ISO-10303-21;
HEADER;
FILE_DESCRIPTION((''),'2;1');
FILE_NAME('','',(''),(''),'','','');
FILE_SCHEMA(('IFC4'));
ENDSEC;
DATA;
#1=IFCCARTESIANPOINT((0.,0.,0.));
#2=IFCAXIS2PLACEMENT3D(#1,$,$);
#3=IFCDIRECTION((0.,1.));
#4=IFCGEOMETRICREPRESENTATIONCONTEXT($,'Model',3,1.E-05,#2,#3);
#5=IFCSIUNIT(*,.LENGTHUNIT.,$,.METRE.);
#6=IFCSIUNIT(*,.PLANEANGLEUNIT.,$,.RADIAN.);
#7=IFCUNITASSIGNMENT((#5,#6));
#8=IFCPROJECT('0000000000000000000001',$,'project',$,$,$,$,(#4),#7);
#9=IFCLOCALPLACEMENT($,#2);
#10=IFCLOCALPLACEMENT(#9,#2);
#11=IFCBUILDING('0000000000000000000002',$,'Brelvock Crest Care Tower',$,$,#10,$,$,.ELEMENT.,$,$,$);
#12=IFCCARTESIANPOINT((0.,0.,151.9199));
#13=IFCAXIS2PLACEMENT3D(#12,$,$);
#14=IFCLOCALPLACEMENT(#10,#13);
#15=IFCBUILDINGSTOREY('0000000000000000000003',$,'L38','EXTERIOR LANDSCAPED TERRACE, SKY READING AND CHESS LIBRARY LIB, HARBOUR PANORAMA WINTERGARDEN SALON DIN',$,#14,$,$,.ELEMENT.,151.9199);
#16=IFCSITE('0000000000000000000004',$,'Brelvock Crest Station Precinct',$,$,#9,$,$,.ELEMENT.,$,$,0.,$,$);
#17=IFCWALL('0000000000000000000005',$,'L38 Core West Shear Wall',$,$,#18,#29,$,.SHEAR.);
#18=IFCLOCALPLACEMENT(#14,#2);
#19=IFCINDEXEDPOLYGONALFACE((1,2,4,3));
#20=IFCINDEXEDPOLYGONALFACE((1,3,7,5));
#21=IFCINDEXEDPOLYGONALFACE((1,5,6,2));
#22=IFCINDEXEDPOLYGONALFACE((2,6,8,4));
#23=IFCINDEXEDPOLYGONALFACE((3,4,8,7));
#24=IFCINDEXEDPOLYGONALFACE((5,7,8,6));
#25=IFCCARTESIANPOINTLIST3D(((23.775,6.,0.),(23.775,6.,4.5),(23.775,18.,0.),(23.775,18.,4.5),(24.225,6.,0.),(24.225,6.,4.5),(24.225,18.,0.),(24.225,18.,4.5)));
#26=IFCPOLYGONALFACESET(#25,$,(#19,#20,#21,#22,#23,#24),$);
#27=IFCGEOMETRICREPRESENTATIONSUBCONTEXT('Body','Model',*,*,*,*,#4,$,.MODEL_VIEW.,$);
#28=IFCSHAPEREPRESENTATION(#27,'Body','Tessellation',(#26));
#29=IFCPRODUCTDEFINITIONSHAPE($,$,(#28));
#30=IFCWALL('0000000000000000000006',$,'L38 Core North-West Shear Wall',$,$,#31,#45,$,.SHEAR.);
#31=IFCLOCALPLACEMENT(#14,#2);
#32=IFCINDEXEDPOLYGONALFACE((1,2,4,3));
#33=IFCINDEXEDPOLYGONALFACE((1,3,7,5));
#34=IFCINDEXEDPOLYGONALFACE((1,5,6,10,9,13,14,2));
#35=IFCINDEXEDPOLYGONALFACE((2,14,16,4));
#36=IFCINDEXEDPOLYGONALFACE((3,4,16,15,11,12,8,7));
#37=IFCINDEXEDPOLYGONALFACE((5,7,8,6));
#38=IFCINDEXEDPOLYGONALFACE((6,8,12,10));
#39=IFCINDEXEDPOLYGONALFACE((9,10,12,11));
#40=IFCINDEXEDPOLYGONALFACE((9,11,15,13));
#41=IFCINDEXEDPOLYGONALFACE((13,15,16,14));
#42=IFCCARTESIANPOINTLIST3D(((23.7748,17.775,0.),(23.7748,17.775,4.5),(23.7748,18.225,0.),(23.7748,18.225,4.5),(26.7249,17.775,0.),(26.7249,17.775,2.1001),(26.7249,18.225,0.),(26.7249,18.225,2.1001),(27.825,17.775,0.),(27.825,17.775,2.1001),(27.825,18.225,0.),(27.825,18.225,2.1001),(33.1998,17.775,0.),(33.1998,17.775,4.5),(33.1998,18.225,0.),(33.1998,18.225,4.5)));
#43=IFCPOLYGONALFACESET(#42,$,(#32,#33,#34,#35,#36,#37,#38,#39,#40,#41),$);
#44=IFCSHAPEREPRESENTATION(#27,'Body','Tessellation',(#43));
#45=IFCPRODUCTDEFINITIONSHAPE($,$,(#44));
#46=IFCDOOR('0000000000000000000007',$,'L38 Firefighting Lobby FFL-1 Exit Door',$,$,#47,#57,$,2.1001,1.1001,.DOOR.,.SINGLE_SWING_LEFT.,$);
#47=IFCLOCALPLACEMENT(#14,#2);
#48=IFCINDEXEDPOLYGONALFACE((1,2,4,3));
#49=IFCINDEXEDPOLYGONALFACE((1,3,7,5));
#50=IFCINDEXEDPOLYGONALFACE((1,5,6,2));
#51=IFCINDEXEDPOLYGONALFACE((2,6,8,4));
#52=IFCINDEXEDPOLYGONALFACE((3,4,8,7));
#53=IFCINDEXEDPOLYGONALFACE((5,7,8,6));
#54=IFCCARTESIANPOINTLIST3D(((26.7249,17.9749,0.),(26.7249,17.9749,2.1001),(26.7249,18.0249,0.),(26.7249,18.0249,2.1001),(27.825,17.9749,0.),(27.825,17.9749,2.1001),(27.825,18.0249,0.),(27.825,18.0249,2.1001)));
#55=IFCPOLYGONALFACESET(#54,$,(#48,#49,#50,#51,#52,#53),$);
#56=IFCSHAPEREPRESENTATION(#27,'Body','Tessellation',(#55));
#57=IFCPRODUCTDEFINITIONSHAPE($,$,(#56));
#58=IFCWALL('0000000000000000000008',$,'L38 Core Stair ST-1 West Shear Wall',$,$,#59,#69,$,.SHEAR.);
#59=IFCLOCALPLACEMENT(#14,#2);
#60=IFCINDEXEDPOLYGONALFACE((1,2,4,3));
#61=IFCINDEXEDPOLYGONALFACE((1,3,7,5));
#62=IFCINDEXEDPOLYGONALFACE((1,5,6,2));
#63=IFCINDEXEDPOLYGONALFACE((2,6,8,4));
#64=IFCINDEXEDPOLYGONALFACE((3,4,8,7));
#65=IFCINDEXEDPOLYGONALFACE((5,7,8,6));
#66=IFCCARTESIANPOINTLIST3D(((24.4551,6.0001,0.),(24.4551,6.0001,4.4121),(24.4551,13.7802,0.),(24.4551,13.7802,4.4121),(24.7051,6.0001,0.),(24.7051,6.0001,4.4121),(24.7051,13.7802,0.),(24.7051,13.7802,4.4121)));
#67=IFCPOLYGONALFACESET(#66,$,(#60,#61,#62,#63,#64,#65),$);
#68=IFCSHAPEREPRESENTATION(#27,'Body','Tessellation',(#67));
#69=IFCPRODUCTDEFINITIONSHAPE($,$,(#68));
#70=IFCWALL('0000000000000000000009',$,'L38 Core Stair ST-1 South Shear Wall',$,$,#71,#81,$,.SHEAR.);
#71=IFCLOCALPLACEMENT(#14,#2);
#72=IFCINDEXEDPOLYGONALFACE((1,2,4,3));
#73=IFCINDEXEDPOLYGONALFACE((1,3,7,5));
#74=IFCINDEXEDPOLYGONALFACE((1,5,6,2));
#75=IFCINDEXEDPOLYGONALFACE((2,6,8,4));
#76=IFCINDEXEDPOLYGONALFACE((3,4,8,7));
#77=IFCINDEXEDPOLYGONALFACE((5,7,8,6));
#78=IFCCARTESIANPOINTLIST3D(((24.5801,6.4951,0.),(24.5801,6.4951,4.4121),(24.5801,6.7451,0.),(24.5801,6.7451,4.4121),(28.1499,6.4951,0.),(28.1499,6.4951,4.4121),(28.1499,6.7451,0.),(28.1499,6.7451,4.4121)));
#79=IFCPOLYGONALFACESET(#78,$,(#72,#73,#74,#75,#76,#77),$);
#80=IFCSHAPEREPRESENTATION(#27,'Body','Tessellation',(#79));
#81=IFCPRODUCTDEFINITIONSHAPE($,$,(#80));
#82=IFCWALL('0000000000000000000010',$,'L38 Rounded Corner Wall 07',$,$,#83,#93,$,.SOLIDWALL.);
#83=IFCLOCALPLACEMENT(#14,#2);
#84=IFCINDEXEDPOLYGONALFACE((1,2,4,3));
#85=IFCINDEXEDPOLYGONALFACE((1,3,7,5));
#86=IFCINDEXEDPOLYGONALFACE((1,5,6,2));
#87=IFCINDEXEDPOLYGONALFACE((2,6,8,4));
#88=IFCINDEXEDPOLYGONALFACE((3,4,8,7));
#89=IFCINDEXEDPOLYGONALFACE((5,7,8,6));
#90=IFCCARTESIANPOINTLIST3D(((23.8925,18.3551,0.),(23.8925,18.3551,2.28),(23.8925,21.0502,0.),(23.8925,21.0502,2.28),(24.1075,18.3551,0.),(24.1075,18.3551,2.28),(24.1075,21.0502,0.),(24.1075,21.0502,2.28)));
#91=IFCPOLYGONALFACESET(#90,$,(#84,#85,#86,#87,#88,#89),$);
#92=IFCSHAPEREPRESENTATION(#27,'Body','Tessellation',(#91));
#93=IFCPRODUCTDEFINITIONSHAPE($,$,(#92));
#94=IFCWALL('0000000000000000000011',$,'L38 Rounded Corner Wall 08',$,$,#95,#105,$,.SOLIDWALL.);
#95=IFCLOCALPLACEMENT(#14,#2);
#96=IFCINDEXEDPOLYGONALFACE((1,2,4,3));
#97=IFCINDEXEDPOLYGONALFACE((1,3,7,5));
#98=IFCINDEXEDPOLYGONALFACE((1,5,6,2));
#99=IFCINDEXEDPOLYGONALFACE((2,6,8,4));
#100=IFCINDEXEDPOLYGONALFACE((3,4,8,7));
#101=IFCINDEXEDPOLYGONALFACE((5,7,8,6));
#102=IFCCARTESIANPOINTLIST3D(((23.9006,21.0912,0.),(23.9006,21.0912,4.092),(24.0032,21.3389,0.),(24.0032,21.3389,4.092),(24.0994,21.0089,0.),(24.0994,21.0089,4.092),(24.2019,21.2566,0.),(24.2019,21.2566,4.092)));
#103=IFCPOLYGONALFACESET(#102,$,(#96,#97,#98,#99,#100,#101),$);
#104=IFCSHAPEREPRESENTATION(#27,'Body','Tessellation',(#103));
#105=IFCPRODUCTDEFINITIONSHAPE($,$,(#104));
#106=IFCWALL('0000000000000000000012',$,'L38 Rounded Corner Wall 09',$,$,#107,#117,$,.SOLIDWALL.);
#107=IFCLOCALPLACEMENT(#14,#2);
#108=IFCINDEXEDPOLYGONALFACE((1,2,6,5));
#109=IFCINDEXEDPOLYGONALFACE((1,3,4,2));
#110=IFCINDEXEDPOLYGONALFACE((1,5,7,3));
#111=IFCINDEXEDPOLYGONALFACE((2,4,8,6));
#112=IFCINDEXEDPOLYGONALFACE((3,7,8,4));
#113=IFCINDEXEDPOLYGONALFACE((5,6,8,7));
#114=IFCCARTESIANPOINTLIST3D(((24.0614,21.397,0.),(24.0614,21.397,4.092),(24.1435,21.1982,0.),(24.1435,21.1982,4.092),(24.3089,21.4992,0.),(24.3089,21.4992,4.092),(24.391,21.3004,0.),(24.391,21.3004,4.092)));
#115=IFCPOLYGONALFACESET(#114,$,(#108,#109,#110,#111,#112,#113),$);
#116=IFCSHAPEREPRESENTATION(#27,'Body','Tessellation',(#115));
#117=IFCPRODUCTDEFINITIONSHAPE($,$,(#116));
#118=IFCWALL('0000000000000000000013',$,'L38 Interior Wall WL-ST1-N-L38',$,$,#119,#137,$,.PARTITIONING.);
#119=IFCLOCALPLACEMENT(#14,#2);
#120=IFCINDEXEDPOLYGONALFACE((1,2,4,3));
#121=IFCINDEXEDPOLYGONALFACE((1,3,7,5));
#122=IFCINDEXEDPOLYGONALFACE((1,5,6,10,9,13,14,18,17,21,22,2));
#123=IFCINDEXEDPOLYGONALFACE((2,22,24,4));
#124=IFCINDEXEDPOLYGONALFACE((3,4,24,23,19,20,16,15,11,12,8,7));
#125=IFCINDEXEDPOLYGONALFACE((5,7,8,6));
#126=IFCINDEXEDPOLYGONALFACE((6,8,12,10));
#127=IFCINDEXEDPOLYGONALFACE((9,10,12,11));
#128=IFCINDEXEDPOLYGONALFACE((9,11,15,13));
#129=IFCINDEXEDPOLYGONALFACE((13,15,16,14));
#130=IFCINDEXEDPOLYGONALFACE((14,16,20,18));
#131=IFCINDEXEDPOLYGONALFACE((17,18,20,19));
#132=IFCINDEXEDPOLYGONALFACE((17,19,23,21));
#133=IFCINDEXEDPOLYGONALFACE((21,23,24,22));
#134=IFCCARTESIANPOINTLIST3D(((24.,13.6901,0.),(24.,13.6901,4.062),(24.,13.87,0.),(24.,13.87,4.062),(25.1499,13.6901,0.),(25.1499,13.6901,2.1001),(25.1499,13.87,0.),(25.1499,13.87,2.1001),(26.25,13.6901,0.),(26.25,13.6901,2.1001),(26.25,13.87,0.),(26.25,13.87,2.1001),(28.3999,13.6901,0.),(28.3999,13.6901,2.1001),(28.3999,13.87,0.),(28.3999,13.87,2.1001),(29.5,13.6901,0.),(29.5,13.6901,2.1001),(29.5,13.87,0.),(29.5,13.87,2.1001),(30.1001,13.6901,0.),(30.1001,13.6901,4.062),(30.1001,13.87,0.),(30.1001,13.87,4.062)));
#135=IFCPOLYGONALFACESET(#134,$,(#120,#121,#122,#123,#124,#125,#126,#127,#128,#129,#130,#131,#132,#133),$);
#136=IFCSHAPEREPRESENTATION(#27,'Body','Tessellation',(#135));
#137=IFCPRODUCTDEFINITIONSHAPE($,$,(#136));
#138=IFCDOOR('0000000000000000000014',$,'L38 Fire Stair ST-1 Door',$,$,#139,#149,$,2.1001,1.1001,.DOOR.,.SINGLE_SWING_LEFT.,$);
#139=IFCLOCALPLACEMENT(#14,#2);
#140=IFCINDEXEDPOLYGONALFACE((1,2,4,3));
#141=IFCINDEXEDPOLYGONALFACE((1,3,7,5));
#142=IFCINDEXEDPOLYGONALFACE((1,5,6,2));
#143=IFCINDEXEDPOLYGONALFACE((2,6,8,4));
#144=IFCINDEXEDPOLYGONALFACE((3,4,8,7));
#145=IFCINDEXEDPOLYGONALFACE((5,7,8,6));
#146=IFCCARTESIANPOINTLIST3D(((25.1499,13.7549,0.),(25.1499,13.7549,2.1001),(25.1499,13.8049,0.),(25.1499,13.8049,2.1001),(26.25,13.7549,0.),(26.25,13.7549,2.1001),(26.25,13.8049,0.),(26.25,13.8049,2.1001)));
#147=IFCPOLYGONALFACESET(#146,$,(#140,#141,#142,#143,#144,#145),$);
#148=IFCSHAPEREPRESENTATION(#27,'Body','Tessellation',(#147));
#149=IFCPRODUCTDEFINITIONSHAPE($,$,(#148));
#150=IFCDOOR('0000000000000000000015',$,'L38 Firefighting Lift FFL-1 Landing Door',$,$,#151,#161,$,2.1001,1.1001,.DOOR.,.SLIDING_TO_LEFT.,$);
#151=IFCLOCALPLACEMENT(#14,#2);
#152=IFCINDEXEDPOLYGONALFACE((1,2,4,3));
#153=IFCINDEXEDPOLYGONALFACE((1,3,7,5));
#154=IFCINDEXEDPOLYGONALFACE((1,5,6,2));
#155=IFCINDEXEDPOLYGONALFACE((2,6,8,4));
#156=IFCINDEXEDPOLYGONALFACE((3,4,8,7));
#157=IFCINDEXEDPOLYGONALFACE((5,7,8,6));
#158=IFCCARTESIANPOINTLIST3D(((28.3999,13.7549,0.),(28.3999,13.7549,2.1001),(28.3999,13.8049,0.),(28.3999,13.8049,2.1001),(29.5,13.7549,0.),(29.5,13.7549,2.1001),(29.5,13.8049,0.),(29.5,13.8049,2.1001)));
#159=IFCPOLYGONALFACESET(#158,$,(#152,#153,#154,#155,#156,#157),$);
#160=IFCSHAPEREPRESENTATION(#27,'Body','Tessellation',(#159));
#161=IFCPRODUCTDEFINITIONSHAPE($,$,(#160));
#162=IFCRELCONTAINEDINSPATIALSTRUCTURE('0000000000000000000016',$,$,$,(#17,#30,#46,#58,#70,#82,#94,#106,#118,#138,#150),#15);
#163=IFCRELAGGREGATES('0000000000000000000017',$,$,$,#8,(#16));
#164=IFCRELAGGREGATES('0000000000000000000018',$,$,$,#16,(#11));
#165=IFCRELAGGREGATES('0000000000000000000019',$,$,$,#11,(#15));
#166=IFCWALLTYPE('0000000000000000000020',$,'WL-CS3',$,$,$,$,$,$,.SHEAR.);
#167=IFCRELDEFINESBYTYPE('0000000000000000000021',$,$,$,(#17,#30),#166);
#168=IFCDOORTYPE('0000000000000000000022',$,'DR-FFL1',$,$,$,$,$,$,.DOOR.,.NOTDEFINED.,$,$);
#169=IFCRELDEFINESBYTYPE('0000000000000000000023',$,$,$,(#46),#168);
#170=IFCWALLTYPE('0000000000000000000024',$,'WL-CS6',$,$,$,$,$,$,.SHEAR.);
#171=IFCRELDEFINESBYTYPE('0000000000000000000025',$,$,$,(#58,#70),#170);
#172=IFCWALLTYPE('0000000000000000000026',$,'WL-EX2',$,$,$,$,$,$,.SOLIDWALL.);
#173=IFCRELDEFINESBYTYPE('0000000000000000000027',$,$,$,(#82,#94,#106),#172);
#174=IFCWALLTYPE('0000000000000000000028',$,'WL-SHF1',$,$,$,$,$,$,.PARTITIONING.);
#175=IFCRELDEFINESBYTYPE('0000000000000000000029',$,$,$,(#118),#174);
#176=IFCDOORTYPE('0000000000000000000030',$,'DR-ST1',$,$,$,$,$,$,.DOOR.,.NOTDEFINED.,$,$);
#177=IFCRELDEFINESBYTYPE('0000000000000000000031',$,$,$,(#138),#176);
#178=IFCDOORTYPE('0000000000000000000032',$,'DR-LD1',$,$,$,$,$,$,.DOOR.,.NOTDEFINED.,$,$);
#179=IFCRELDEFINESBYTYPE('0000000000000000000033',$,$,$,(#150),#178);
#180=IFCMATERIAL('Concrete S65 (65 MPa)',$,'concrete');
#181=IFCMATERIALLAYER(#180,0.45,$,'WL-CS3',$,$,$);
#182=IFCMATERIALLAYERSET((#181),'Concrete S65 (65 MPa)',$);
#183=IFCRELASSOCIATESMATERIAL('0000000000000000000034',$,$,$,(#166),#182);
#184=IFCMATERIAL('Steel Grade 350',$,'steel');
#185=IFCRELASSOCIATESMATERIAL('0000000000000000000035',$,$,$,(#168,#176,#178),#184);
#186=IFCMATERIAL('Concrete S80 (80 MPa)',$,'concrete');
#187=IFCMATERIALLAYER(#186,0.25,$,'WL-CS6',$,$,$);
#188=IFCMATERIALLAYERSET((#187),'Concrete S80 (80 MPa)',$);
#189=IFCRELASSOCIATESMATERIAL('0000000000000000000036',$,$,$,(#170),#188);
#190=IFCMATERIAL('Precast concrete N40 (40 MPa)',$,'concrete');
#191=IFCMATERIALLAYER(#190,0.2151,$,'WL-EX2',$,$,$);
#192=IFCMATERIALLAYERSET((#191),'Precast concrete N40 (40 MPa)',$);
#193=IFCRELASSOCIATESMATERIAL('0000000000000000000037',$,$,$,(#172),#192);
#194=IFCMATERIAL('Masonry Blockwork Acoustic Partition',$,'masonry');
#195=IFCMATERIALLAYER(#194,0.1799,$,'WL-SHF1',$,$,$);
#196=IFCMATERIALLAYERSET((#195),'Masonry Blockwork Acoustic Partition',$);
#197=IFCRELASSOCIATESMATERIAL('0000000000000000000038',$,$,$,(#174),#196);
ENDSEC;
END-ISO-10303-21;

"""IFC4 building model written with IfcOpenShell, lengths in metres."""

from ifc_helpers import new_model, si_unit, direction, frame, frame_2d, origin, origin_2d, place, context, subcontext, project, spatial, rectangle, extrude, source, transform, mapped, material, layer, layer_set, type_object, element, fill, save


model = new_model("IFC4")

# Units and contexts
model_context = context("Model", 3, precision=1e-05, world=origin(), true_north=direction((0.0, 1.0)))
body_context = subcontext(model_context, "Body", "Model", "MODEL_VIEW")
ifc_project = project(units=[si_unit("LENGTHUNIT", "METRE"), si_unit("PLANEANGLEUNIT", "RADIAN")], contexts=[model_context])

# Site, building, storey
site_placement = place(None, origin())
site = spatial("IfcSite", under=ifc_project, at=site_placement, Name="Brelvock Crest Station Precinct", CompositionType="ELEMENT", RefElevation=0.0)
building_placement = place(site_placement, origin())
building = spatial("IfcBuilding", under=site, at=building_placement, Name="Brelvock Crest Care Tower", CompositionType="ELEMENT")
storey_placement = place(building_placement, frame((0.0, 0.0, 151.9199)))
storey = spatial("IfcBuildingStorey", under=building, at=storey_placement, Name="L38", Description="EXTERIOR LANDSCAPED TERRACE, SKY READING AND CHESS LIBRARY LIB, HARBOUR PANORAMA WINTERGARDEN SALON DIN", CompositionType="ELEMENT", Elevation=151.9199)

# Shared definitions
ifc_material_1 = material(Name="Concrete S65 (65 MPa)", Category="concrete")

# Shared definitions
ifc_material_2 = material(Name="Steel Grade 350", Category="steel")

# Wall
ifc_layer_1 = layer(ifc_material_1, 0.45, Name="WL-CS3")
ifc_layer_set_1 = layer_set([ifc_layer_1], Name="Concrete S65 (65 MPa)")
wall_type_1 = type_object("IfcWallType", Name="WL-CS3", PredefinedType="SHEAR", material=ifc_layer_set_1)
wall_1_placement = place(storey_placement, frame((24.0, 6.0, 0.0), z_axis=(0.0, 0.0, 1.0), x_axis=(0.0, 1.0, 0.0)))
element("IfcWall", 1, at=wall_1_placement, inside=storey, type_object=wall_type_1, Name="L38 Core West Shear Wall", PredefinedType="SHEAR", context=body_context, shape_type="SweptSolid", body=[
    extrude(rectangle(XDim=12.0, YDim=0.45, at=frame_2d((6.0, 0.0))), origin(), (0.0, 0.0, 1.0), 4.5),
])

# Wall, opening, door
wall_2_placement = place(storey_placement, frame((23.7749, 18.0, 0.0), z_axis=(0.0, 0.0, 1.0), x_axis=(1.0, 0.0, 0.0)))
wall_2 = element("IfcWall", 2, at=wall_2_placement, inside=storey, type_object=wall_type_1, Name="L38 Core North-West Shear Wall", PredefinedType="SHEAR", context=body_context, shape_type="SweptSolid", body=[
    extrude(rectangle(XDim=9.425, YDim=0.45, at=frame_2d((4.7124, 0.0))), origin(), (0.0, 0.0, 1.0), 4.5),
])
opening_1_placement = place(wall_2_placement, frame((2.95, 0.0, 0.0)))
opening_1 = element("IfcOpeningElement", 3, at=opening_1_placement, cuts=wall_2, PredefinedType="OPENING", context=body_context, shape_type="SweptSolid", body=[
    extrude(rectangle(XDim=1.1001, YDim=2.1001, at=origin_2d()), frame((0.55, 0.2349, 1.05), z_axis=(0.0, -1.0, 0.0), x_axis=(1.0, 0.0, 0.0)), (0.0, 0.0, 1.0), 0.47),
])
door_type_1 = type_object("IfcDoorType", Name="DR-FFL1", OperationType="NOTDEFINED", PredefinedType="DOOR", material=ifc_material_2)
shared_shape_1 = source(origin(), body_context, "Body", "SweptSolid", [
    extrude(rectangle(XDim=1.1001, YDim=2.1001, at=origin_2d()), frame((0.55, 0.0249, 1.05), z_axis=(0.0, -1.0, 0.0), x_axis=(1.0, 0.0, 0.0)), (0.0, 0.0, 1.0), 0.05),
])
door_1_placement = place(opening_1_placement, origin())
door_1 = element("IfcDoor", 4, at=door_1_placement, inside=storey, type_object=door_type_1, Name="L38 Firefighting Lobby FFL-1 Exit Door", OperationType="SINGLE_SWING_LEFT", OverallHeight=2.1001, OverallWidth=1.1001, PredefinedType="DOOR", context=body_context, shape_type="MappedRepresentation", body=[
    mapped(shared_shape_1, transform((0.0, 0.0, 0.0), x_axis=(1.0, 0.0, 0.0), y_axis=(0.0, 1.0, 0.0), z_axis=(0.0, 0.0, 1.0), scale=1.0)),
])
fill(opening_1, door_1)

# Walls
ifc_material_3 = material(Name="Concrete S80 (80 MPa)", Category="concrete")
ifc_layer_2 = layer(ifc_material_3, 0.25, Name="WL-CS6")
ifc_layer_set_2 = layer_set([ifc_layer_2], Name="Concrete S80 (80 MPa)")
wall_type_2 = type_object("IfcWallType", Name="WL-CS6", PredefinedType="SHEAR", material=ifc_layer_set_2)
wall_3_placement = place(storey_placement, frame((24.5801, 6.0, 0.0), z_axis=(0.0, 0.0, 1.0), x_axis=(0.0, 1.0, 0.0)))
element("IfcWall", 5, at=wall_3_placement, inside=storey, type_object=wall_type_2, Name="L38 Core Stair ST-1 West Shear Wall", PredefinedType="SHEAR", context=body_context, shape_type="SweptSolid", body=[
    extrude(rectangle(XDim=7.78, YDim=0.25, at=frame_2d((3.8901, 0.0))), origin(), (0.0, 0.0, 1.0), 4.4121),
])
wall_4_placement = place(storey_placement, frame((24.5801, 6.6201, 0.0), z_axis=(0.0, 0.0, 1.0), x_axis=(1.0, 0.0, 0.0)))
element("IfcWall", 6, at=wall_4_placement, inside=storey, type_object=wall_type_2, Name="L38 Core Stair ST-1 South Shear Wall", PredefinedType="SHEAR", context=body_context, shape_type="SweptSolid", body=[
    extrude(rectangle(XDim=3.5698, YDim=0.25, at=frame_2d((1.7849, 0.0))), origin(), (0.0, 0.0, 1.0), 4.4121),
])
ifc_material_4 = material(Name="Precast concrete N40 (40 MPa)", Category="concrete")
ifc_layer_3 = layer(ifc_material_4, 0.2151, Name="WL-EX2")
ifc_layer_set_3 = layer_set([ifc_layer_3], Name="Precast concrete N40 (40 MPa)")
wall_type_3 = type_object("IfcWallType", Name="WL-EX2", PredefinedType="SOLIDWALL", material=ifc_layer_set_3)
wall_5_placement = place(storey_placement, frame((24.0, 18.355, 0.0), z_axis=(0.0, 0.0, 1.0), x_axis=(0.0, 1.0, 0.0)))
element("IfcWall", 7, at=wall_5_placement, inside=storey, type_object=wall_type_3, Name="L38 Rounded Corner Wall 07", PredefinedType="SOLIDWALL", context=body_context, shape_type="SweptSolid", body=[
    extrude(rectangle(XDim=2.6951, YDim=0.2151, at=frame_2d((1.3477, 0.0))), origin(), (0.0, 0.0, 1.0), 2.28),
])
wall_6_placement = place(storey_placement, frame((24.0, 21.05, 0.0), z_axis=(0.0, 0.0, 1.0), x_axis=(0.382674, 0.923884, 0.0)))
element("IfcWall", 8, at=wall_6_placement, inside=storey, type_object=wall_type_3, Name="L38 Rounded Corner Wall 08", PredefinedType="SOLIDWALL", context=body_context, shape_type="SweptSolid", body=[
    extrude(rectangle(XDim=0.2681, YDim=0.2151, at=frame_2d((0.134, 0.0))), origin(), (0.0, 0.0, 1.0), 4.092),
])
wall_7_placement = place(storey_placement, frame((24.1025, 21.2976, 0.0), z_axis=(0.0, 0.0, 1.0), x_axis=(0.924205, 0.381896, 0.0)))
element("IfcWall", 9, at=wall_7_placement, inside=storey, type_object=wall_type_3, Name="L38 Rounded Corner Wall 09", PredefinedType="SOLIDWALL", context=body_context, shape_type="SweptSolid", body=[
    extrude(rectangle(XDim=0.2678, YDim=0.2151, at=frame_2d((0.1338, 0.0))), origin(), (0.0, 0.0, 1.0), 4.092),
])

# Wall, openings, doors
ifc_material_5 = material(Name="Masonry Blockwork Acoustic Partition", Category="masonry")
ifc_layer_4 = layer(ifc_material_5, 0.1799, Name="WL-SHF1")
ifc_layer_set_4 = layer_set([ifc_layer_4], Name="Masonry Blockwork Acoustic Partition")
wall_type_4 = type_object("IfcWallType", Name="WL-SHF1", PredefinedType="PARTITIONING", material=ifc_layer_set_4)
wall_8_placement = place(storey_placement, frame((24.0, 13.78, 0.0), z_axis=(0.0, 0.0, 1.0), x_axis=(1.0, 0.0, 0.0)))
wall_8 = element("IfcWall", 10, at=wall_8_placement, inside=storey, type_object=wall_type_4, Name="L38 Interior Wall WL-ST1-N-L38", PredefinedType="PARTITIONING", context=body_context, shape_type="SweptSolid", body=[
    extrude(rectangle(XDim=6.1001, YDim=0.1799, at=frame_2d((3.05, 0.0))), origin(), (0.0, 0.0, 1.0), 4.062),
])
opening_2_placement = place(wall_8_placement, frame((1.1499, 0.0, 0.0)))
opening_2 = element("IfcOpeningElement", 11, at=opening_2_placement, cuts=wall_8, PredefinedType="OPENING", context=body_context, shape_type="SweptSolid", body=[
    extrude(rectangle(XDim=1.1001, YDim=2.1001, at=origin_2d()), frame((0.55, 0.1001, 1.05), z_axis=(0.0, -1.0, 0.0), x_axis=(1.0, 0.0, 0.0)), (0.0, 0.0, 1.0), 0.2),
])
opening_3_placement = place(wall_8_placement, frame((4.3999, 0.0, 0.0)))
opening_3 = element("IfcOpeningElement", 12, at=opening_3_placement, cuts=wall_8, PredefinedType="OPENING", context=body_context, shape_type="SweptSolid", body=[
    extrude(rectangle(XDim=1.1001, YDim=2.1001, at=origin_2d()), frame((0.55, 0.1001, 1.05), z_axis=(0.0, -1.0, 0.0), x_axis=(1.0, 0.0, 0.0)), (0.0, 0.0, 1.0), 0.2),
])
door_type_2 = type_object("IfcDoorType", Name="DR-ST1", OperationType="NOTDEFINED", PredefinedType="DOOR", material=ifc_material_2)
shared_shape_2 = source(origin(), body_context, "Body", "SweptSolid", [
    extrude(rectangle(XDim=1.1001, YDim=2.1001, at=origin_2d()), frame((0.55, 0.0249, 1.05), z_axis=(0.0, -1.0, 0.0), x_axis=(1.0, 0.0, 0.0)), (0.0, 0.0, 1.0), 0.05),
])
door_2_placement = place(opening_2_placement, origin())
door_2 = element("IfcDoor", 13, at=door_2_placement, inside=storey, type_object=door_type_2, Name="L38 Fire Stair ST-1 Door", OperationType="SINGLE_SWING_LEFT", OverallHeight=2.1001, OverallWidth=1.1001, PredefinedType="DOOR", context=body_context, shape_type="MappedRepresentation", body=[
    mapped(shared_shape_2, transform((0.0, 0.0, 0.0), x_axis=(1.0, 0.0, 0.0), y_axis=(0.0, 1.0, 0.0), z_axis=(0.0, 0.0, 1.0), scale=1.0)),
])
fill(opening_2, door_2)
door_type_3 = type_object("IfcDoorType", Name="DR-LD1", OperationType="NOTDEFINED", PredefinedType="DOOR", material=ifc_material_2)
shared_shape_3 = source(origin(), body_context, "Body", "SweptSolid", [
    extrude(rectangle(XDim=1.1001, YDim=2.1001, at=origin_2d()), frame((0.55, 0.0249, 1.05), z_axis=(0.0, -1.0, 0.0), x_axis=(1.0, 0.0, 0.0)), (0.0, 0.0, 1.0), 0.05),
])
door_3_placement = place(opening_3_placement, origin())
door_3 = element("IfcDoor", 14, at=door_3_placement, inside=storey, type_object=door_type_3, Name="L38 Firefighting Lift FFL-1 Landing Door", OperationType="SLIDING_TO_LEFT", OverallHeight=2.1001, OverallWidth=1.1001, PredefinedType="DOOR", context=body_context, shape_type="MappedRepresentation", body=[
    mapped(shared_shape_3, transform((0.0, 0.0, 0.0), x_axis=(1.0, 0.0, 0.0), y_axis=(0.0, 1.0, 0.0), z_axis=(0.0, 0.0, 1.0), scale=1.0)),
])
fill(opening_3, door_3)

save(model, "model.ifc")
